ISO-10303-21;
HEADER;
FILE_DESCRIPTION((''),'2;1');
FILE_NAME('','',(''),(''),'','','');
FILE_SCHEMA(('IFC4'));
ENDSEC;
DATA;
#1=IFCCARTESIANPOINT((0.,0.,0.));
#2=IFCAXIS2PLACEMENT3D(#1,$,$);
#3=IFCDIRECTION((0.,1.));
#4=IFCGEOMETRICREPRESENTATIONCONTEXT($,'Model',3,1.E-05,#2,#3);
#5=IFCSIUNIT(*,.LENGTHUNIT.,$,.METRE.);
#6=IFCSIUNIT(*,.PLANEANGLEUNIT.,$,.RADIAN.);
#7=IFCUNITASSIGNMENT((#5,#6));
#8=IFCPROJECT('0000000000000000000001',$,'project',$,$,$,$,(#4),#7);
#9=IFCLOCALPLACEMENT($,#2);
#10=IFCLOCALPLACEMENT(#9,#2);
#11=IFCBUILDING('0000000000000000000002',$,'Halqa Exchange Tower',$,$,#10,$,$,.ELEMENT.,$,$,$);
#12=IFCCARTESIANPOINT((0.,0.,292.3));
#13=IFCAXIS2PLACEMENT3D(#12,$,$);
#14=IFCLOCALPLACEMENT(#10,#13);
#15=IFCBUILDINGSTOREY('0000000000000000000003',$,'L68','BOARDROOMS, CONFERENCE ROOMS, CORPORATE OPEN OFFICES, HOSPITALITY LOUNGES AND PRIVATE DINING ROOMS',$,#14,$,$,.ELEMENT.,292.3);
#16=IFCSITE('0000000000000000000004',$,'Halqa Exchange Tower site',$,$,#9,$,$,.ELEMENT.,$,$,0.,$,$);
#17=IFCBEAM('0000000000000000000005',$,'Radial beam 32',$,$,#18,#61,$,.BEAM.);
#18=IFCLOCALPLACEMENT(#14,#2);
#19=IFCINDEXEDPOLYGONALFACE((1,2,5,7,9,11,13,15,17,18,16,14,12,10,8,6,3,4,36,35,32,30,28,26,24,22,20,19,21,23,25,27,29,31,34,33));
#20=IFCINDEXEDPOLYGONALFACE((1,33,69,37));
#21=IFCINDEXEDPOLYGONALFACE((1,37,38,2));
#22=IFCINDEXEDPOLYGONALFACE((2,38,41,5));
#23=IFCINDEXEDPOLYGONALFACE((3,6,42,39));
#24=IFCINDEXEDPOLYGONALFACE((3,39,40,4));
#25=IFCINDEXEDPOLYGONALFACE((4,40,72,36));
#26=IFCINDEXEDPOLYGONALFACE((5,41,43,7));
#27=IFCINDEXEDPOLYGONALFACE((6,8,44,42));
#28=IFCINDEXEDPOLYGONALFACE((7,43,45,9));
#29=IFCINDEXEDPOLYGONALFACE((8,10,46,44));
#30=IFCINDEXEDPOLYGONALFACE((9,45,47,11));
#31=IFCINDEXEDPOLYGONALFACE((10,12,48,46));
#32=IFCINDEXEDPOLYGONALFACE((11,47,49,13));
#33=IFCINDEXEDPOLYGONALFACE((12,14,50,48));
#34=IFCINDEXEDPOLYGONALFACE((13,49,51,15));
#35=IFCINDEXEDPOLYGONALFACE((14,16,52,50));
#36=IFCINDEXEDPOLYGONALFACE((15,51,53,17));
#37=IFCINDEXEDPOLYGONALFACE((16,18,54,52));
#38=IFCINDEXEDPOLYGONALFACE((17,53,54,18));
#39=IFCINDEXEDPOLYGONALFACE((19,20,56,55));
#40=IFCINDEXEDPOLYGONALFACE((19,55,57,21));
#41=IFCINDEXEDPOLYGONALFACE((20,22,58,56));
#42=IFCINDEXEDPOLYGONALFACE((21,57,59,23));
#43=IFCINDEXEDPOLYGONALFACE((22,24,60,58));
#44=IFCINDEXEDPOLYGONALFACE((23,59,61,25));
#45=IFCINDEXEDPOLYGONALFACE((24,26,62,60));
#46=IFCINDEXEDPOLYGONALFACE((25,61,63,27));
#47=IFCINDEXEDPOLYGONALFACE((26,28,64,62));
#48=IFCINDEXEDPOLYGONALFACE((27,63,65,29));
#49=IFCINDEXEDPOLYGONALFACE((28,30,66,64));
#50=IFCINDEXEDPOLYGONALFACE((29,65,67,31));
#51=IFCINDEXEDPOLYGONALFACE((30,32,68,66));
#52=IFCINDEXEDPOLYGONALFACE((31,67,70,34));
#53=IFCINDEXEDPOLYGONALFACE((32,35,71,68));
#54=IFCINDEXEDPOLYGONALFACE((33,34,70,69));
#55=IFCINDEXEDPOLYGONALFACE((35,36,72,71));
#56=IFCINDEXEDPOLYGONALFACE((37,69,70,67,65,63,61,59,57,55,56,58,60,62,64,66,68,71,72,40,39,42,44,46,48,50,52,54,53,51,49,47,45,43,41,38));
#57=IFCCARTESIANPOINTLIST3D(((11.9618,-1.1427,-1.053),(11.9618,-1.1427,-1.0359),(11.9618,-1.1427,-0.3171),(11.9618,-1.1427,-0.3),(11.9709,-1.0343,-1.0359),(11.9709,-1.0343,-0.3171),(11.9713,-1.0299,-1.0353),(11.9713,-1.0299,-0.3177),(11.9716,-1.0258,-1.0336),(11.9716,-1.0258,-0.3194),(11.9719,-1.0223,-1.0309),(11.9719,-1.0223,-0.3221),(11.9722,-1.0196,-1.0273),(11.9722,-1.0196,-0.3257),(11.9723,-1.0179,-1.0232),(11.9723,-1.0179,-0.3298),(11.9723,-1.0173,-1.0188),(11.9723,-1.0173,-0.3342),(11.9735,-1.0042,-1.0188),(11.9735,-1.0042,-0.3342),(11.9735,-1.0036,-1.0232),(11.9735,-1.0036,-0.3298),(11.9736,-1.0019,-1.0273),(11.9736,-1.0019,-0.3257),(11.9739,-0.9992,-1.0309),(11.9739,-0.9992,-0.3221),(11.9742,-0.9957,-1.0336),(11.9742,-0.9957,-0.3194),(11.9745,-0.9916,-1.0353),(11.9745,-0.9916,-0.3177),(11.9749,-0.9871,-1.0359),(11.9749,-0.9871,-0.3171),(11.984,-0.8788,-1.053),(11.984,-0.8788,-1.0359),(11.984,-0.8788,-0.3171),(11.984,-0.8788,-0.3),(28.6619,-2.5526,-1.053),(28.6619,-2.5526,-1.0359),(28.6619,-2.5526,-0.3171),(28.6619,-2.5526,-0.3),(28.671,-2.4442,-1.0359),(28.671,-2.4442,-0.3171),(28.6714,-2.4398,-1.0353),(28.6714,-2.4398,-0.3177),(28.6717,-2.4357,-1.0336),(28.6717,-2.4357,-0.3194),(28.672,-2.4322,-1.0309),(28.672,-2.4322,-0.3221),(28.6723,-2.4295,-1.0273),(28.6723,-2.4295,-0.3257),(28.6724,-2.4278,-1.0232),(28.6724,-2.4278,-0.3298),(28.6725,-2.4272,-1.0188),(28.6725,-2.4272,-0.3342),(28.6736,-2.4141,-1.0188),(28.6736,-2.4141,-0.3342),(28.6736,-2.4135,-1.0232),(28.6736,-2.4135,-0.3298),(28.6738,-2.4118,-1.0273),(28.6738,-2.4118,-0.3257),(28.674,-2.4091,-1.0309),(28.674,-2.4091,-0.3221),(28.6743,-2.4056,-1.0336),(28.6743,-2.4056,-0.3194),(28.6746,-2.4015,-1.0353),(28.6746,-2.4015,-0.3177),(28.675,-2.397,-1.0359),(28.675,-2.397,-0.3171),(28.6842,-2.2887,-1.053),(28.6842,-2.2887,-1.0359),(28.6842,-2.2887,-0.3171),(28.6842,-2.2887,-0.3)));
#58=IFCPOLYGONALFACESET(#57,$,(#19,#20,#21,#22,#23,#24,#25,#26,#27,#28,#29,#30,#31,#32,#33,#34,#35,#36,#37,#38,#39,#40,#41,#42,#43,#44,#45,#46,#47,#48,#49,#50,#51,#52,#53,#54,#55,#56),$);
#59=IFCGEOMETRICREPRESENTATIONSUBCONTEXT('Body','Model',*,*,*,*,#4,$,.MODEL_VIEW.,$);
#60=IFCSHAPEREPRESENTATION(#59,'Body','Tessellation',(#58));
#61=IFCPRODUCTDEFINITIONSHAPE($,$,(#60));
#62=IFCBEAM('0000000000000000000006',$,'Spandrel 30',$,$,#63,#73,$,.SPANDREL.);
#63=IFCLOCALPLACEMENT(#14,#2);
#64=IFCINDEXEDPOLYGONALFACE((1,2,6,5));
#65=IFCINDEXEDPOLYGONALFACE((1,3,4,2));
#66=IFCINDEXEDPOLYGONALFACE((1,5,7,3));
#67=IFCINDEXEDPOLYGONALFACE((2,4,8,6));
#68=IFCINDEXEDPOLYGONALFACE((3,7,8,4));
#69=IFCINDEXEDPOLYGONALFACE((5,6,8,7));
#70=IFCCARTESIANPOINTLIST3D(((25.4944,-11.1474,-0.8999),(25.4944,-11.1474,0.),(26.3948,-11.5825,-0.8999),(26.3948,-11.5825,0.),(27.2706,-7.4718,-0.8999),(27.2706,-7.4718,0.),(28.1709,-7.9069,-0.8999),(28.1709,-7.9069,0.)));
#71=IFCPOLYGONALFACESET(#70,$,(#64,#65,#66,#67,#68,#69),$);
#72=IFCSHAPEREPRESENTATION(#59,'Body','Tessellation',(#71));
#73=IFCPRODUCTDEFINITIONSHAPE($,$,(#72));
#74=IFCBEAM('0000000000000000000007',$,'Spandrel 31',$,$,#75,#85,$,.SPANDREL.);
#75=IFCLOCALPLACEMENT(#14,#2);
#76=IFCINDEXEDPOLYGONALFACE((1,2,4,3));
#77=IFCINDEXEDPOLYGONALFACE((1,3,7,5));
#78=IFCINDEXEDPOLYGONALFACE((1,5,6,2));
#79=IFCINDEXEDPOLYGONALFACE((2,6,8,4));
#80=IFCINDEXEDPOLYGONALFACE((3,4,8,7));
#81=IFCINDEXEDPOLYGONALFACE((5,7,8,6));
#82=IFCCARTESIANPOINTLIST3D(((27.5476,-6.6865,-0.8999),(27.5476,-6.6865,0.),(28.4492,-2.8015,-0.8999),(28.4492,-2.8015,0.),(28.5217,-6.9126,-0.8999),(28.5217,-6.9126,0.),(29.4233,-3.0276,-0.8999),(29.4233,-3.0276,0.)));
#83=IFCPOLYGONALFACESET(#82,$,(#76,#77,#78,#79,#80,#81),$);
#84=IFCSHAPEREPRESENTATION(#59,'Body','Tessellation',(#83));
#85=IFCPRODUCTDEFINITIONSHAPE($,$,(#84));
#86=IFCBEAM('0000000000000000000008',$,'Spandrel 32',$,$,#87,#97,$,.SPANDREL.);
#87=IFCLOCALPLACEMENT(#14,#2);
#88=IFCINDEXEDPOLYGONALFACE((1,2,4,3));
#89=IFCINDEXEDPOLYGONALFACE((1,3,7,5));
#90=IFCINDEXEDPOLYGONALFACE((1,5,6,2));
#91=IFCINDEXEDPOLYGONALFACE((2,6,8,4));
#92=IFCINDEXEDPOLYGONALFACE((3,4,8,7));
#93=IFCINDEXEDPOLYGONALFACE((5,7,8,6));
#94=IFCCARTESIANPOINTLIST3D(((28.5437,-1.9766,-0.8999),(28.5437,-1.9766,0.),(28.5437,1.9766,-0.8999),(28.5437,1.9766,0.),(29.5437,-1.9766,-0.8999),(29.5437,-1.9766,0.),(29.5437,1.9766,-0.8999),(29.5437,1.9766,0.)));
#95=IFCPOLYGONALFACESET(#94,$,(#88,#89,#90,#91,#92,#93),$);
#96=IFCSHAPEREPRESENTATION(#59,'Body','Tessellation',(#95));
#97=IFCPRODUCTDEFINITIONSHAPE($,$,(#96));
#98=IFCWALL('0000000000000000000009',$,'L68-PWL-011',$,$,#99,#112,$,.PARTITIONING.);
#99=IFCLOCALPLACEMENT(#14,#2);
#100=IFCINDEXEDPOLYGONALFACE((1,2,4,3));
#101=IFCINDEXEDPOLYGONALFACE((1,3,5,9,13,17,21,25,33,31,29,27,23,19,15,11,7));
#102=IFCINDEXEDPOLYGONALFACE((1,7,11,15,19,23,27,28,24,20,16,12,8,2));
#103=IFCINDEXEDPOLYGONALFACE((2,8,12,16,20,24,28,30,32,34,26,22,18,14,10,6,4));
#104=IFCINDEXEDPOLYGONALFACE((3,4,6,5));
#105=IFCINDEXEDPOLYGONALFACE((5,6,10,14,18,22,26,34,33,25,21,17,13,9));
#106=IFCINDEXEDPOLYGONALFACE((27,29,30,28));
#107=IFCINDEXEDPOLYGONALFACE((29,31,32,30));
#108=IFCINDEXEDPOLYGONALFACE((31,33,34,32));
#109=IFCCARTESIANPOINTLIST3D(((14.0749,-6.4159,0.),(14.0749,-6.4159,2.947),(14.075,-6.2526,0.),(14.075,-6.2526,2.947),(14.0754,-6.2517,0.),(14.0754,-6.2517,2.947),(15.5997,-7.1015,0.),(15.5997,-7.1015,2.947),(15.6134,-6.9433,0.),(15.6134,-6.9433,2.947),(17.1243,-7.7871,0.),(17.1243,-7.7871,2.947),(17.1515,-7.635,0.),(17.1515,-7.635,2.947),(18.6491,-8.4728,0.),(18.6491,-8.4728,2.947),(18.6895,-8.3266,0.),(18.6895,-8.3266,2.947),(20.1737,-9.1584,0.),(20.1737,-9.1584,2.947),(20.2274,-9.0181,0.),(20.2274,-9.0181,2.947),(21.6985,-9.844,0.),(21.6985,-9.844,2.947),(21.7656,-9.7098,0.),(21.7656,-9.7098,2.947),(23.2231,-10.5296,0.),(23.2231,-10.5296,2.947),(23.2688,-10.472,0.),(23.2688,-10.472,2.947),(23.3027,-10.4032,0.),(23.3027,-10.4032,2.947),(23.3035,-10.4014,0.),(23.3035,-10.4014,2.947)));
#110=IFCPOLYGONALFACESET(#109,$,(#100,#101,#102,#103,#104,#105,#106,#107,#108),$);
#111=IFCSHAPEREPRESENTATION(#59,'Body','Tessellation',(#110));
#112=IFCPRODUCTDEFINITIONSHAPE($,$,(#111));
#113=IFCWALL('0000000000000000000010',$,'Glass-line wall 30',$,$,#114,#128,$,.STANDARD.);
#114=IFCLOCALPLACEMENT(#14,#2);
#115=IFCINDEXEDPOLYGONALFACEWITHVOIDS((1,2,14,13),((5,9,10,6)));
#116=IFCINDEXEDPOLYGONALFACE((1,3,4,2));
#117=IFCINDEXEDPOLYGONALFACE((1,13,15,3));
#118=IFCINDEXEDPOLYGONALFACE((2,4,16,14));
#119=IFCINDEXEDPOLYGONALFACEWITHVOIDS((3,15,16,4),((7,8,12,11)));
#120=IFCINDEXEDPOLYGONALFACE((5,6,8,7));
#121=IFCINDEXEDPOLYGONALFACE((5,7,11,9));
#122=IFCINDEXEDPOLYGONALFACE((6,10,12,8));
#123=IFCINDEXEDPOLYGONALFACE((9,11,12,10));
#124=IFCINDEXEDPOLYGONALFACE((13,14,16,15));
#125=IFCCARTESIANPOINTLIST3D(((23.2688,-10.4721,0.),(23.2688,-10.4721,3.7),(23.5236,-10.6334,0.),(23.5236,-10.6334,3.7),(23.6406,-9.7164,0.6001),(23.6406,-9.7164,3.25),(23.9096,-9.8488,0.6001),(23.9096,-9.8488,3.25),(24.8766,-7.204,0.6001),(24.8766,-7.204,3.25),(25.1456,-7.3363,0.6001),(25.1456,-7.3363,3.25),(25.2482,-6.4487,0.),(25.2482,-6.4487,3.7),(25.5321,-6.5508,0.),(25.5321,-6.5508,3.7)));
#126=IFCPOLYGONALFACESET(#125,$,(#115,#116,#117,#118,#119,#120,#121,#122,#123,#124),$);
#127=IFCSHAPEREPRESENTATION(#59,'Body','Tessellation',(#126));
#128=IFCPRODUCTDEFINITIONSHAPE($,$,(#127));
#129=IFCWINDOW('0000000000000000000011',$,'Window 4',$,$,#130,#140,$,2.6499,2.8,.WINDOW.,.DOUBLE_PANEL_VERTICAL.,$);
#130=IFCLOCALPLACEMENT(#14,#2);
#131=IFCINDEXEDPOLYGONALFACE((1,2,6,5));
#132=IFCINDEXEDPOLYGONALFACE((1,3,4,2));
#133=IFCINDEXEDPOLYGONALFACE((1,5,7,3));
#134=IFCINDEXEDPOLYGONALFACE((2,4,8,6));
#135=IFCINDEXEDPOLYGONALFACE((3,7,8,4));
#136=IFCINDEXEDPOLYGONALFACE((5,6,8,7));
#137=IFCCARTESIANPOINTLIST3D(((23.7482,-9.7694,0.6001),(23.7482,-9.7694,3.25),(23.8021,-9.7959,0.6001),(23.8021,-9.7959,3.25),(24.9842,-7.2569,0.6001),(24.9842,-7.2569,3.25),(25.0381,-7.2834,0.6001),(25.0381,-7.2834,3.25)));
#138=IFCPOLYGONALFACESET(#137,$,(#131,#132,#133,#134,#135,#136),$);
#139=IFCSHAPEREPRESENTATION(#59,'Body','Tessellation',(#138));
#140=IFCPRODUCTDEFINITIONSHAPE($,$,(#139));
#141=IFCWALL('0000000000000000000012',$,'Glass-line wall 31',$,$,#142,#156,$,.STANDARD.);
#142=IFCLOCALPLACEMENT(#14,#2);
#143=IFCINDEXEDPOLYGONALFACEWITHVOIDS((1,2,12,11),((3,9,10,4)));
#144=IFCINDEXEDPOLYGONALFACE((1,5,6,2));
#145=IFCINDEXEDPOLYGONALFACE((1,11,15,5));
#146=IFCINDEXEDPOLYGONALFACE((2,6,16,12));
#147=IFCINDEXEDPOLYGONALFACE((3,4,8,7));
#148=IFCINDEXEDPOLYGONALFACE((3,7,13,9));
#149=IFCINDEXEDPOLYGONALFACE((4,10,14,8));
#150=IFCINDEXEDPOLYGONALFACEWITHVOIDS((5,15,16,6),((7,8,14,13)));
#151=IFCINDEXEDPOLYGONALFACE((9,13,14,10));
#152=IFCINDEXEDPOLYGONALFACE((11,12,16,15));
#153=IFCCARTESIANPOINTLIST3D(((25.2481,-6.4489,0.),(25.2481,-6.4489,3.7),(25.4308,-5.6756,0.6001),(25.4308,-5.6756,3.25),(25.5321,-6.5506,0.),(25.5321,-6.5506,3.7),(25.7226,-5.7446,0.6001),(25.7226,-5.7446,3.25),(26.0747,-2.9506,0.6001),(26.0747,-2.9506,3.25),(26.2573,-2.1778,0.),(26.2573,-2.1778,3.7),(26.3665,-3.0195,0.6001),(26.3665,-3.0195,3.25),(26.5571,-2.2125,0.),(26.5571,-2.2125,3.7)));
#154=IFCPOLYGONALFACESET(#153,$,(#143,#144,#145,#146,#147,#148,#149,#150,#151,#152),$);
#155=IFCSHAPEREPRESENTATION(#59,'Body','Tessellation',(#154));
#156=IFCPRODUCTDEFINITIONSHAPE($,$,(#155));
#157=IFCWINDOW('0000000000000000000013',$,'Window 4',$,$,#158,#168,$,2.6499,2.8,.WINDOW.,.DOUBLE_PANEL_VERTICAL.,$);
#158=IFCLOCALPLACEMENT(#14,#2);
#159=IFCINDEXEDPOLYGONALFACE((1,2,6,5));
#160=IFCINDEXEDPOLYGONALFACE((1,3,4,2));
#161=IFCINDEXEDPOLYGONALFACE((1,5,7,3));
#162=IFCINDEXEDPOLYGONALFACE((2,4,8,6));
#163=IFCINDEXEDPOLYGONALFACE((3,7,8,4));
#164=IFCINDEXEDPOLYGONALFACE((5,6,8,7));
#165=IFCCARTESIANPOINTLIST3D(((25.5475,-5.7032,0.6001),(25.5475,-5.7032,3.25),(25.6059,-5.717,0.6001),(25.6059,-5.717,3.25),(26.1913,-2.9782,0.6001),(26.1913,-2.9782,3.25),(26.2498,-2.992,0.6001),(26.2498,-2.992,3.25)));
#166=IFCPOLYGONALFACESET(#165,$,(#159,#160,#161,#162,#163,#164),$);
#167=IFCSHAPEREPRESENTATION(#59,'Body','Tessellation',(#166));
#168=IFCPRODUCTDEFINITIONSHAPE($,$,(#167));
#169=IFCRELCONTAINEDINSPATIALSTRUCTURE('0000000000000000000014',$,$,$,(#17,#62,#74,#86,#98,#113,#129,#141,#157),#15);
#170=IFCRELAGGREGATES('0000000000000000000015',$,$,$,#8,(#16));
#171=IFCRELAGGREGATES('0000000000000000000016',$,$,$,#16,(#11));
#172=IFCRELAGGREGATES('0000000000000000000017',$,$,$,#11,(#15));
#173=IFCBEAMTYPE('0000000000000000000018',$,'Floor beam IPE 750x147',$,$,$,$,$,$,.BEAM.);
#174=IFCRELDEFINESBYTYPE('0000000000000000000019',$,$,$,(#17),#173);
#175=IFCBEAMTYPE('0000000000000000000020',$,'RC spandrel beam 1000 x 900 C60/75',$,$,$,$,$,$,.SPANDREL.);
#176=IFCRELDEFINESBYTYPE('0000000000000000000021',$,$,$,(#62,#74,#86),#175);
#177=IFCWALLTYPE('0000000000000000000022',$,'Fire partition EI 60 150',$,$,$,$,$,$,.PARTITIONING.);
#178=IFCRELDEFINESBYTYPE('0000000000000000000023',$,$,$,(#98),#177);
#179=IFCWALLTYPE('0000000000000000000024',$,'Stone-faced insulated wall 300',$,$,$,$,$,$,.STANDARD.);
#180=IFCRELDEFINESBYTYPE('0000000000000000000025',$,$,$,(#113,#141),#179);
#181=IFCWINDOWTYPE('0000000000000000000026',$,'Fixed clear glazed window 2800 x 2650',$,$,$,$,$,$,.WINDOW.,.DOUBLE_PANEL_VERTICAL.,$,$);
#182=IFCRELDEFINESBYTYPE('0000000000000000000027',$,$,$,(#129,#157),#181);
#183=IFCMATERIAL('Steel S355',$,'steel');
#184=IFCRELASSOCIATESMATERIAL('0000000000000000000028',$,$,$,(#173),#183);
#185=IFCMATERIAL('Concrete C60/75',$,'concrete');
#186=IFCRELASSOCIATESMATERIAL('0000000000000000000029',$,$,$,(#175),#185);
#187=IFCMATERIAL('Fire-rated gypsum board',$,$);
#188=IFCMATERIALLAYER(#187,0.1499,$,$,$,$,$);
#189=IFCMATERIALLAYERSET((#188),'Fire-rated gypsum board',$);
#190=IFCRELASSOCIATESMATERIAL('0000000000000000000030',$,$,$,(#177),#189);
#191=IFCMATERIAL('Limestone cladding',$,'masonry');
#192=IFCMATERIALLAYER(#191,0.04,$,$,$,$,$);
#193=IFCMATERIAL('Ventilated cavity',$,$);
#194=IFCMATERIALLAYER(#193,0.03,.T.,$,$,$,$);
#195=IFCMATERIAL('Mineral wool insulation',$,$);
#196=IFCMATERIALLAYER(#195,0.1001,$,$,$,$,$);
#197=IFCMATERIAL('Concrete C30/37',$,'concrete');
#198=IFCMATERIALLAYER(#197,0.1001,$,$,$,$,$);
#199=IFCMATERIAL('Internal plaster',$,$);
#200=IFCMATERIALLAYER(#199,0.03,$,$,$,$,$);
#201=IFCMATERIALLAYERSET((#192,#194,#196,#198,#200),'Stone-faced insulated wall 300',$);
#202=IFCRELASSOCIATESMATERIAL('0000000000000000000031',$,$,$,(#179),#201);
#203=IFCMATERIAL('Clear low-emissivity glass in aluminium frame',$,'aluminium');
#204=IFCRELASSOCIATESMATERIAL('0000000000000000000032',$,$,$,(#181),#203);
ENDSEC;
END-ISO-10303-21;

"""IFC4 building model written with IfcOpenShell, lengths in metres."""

from ifc_helpers import new_model, si_unit, direction, frame, frame_2d, origin, origin_2d, place, context, subcontext, project, spatial, polyline, rectangle, i_section, outline, extrude, material, layer, layer_set, material_profile, profile_set, type_object, element, fill, save


model = new_model("IFC4")

# Units and contexts
model_context = context("Model", 3, precision=1e-05, world=origin(), true_north=direction((0.0, 1.0)))
body_context = subcontext(model_context, "Body", "Model", "MODEL_VIEW")
ifc_project = project(units=[si_unit("LENGTHUNIT", "METRE"), si_unit("PLANEANGLEUNIT", "RADIAN")], contexts=[model_context])

# Site, building, storey
site_placement = place(None, origin())
site = spatial("IfcSite", under=ifc_project, at=site_placement, Name="Halqa Exchange Tower site", CompositionType="ELEMENT", RefElevation=0.0)
building_placement = place(site_placement, origin())
building = spatial("IfcBuilding", under=site, at=building_placement, Name="Halqa Exchange Tower", CompositionType="ELEMENT")
storey_placement = place(building_placement, frame((0.0, 0.0, 292.3)))
storey = spatial("IfcBuildingStorey", under=building, at=storey_placement, Name="L68", Description="BOARDROOMS, CONFERENCE ROOMS, CORPORATE OPEN OFFICES, HOSPITALITY LOUNGES AND PRIVATE DINING ROOMS", CompositionType="ELEMENT", Elevation=292.3)

# Beams
ifc_material_1 = material(Name="Steel S355", Category="steel")
ifc_material_profile_1 = material_profile(ifc_material_1, i_section(OverallWidth=0.2649, OverallDepth=0.7529, WebThickness=0.0132, FlangeThickness=0.0171, FilletRadius=0.0171, at=origin_2d()), Name="IPE 750x147")
ifc_profile_set_1 = profile_set([ifc_material_profile_1], Name="Steel S355")
beam_type_1 = type_object("IfcBeamType", Name="Floor beam IPE 750x147", PredefinedType="BEAM", material=ifc_profile_set_1)
beam_1_placement = place(storey_placement, frame((11.9729, -1.0107, -0.6765), z_axis=(0.996455, -0.084126, 0.0), x_axis=(0.084126, 0.996455, 0.0)))
element("IfcBeam", 1, at=beam_1_placement, inside=storey, type_object=beam_type_1, Name="Radial beam 32", PredefinedType="BEAM", context=body_context, shape_type="SweptSolid", body=[
    extrude(i_section(OverallWidth=0.2649, OverallDepth=0.7529, WebThickness=0.0132, FlangeThickness=0.0171, FilletRadius=0.0171, at=origin_2d()), origin(), (0.0, 0.0, 1.0), 16.7595),
])
ifc_material_2 = material(Name="Concrete C60/75", Category="concrete")
ifc_material_profile_2 = material_profile(ifc_material_2, rectangle(XDim=1.0, YDim=0.8999, at=origin_2d()), Name="1000 x 900")
ifc_profile_set_2 = profile_set([ifc_material_profile_2], Name="Concrete C60/75")
beam_type_2 = type_object("IfcBeamType", Name="RC spandrel beam 1000 x 900 C60/75", PredefinedType="SPANDREL", material=ifc_profile_set_2)
beam_2_placement = place(storey_placement, frame((25.9446, -11.365, -0.45), z_axis=(0.435092, 0.900386, 0.0), x_axis=(-0.900386, 0.435092, 0.0)))
element("IfcBeam", 2, at=beam_2_placement, inside=storey, type_object=beam_type_2, Name="Spandrel 30", PredefinedType="SPANDREL", context=body_context, shape_type="SweptSolid", body=[
    extrude(rectangle(XDim=1.0, YDim=0.8999, at=origin_2d()), origin(), (0.0, 0.0, 1.0), 4.0823),
])
beam_3_placement = place(storey_placement, frame((28.0347, -6.7996, -0.45), z_axis=(0.226066, 0.974112, 0.0), x_axis=(-0.974112, 0.226066, 0.0)))
element("IfcBeam", 3, at=beam_3_placement, inside=storey, type_object=beam_type_2, Name="Spandrel 31", PredefinedType="SPANDREL", context=body_context, shape_type="SweptSolid", body=[
    extrude(rectangle(XDim=1.0, YDim=0.8999, at=origin_2d()), origin(), (0.0, 0.0, 1.0), 3.9883),
])
beam_4_placement = place(storey_placement, frame((29.0437, -1.9766, -0.45), z_axis=(0.0, 1.0, 0.0), x_axis=(-1.0, 0.0, 0.0)))
element("IfcBeam", 4, at=beam_4_placement, inside=storey, type_object=beam_type_2, Name="Spandrel 32", PredefinedType="SPANDREL", context=body_context, shape_type="SweptSolid", body=[
    extrude(rectangle(XDim=1.0, YDim=0.8999, at=origin_2d()), origin(), (0.0, 0.0, 1.0), 3.9531),
])

# Wall
ifc_material_3 = material(Name="Fire-rated gypsum board")
ifc_layer_1 = layer(ifc_material_3, 0.1499)
ifc_layer_set_1 = layer_set([ifc_layer_1], Name="Fire-rated gypsum board")
wall_type_1 = type_object("IfcWallType", Name="Fire partition EI 60 150", PredefinedType="PARTITIONING", material=ifc_layer_set_1)
wall_1_placement = place(storey_placement, frame((14.0447, -6.3201, 0.0), z_axis=(0.0, 0.0, 1.0), x_axis=(0.912031, -0.410122, 0.0)))
element("IfcWall", 5, at=wall_1_placement, inside=storey, type_object=wall_type_1, Name="L68-PWL-011", PredefinedType="PARTITIONING", context=body_context, shape_type="SweptSolid", body=[
    extrude(outline(polyline([(0.0669, -0.075), (1.7388, -0.075), (3.4104, -0.075), (5.0823, -0.075), (6.7539, -0.075), (8.4258, -0.075), (10.0974, -0.075), (10.1155, -0.0037), (10.1182, 0.073), (10.1182, 0.075), (8.4319, 0.075), (6.7454, 0.075), (5.0591, 0.075), (3.3728, 0.075), (1.6863, 0.075), (0.0, 0.075), (0.0, 0.074), (0.0669, -0.075)])), origin(), (0.0, 0.0, 1.0), 2.947),
])

# Walls, openings, windows
ifc_material_4 = material(Name="Limestone cladding", Category="masonry")
ifc_layer_2 = layer(ifc_material_4, 0.04)
ifc_material_5 = material(Name="Ventilated cavity")
ifc_layer_3 = layer(ifc_material_5, 0.03, ventilated=True)
ifc_material_6 = material(Name="Mineral wool insulation")
ifc_layer_4 = layer(ifc_material_6, 0.1001)
ifc_material_7 = material(Name="Concrete C30/37", Category="concrete")
ifc_layer_5 = layer(ifc_material_7, 0.1001)
ifc_material_8 = material(Name="Internal plaster")
ifc_layer_6 = layer(ifc_material_8, 0.03)
ifc_layer_set_2 = layer_set([ifc_layer_2, ifc_layer_3, ifc_layer_4, ifc_layer_5, ifc_layer_6], Name="Stone-faced insulated wall 300")
wall_type_2 = type_object("IfcWallType", Name="Stone-faced insulated wall 300", PredefinedType="STANDARD", material=ifc_layer_set_2)
wall_2_placement = place(storey_placement, frame((23.3962, -10.5527, 0.0), z_axis=(0.0, 0.0, 1.0), x_axis=(0.441432, 0.897295, 0.0)))
wall_2 = element("IfcWall", 6, at=wall_2_placement, inside=storey, type_object=wall_type_2, Name="Glass-line wall 30", PredefinedType="STANDARD", context=body_context, shape_type="SweptSolid", body=[
    extrude(outline(polyline([(-0.0161, -0.1499), (4.5337, -0.1499), (4.5, 0.1499), (0.0161, 0.1499), (-0.0161, -0.1499)])), origin(), (0.0, 0.0, 1.0), 3.7),
])
opening_1_placement = place(wall_2_placement, frame((0.8584, 0.0, 0.6001)))
opening_1 = element("IfcOpeningElement", 7, at=opening_1_placement, cuts=wall_2, PredefinedType="OPENING", context=body_context, shape_type="SweptSolid", body=[
    extrude(rectangle(XDim=2.8, YDim=2.6499, at=frame_2d((1.3999, 1.325))), frame((0.0, 0.1621, 0.0), z_axis=(0.0, -1.0, 0.0), x_axis=(1.0, 0.0, 0.0)), (0.0, 0.0, 1.0), 0.324),
])
ifc_material_9 = material(Name="Clear low-emissivity glass in aluminium frame", Category="aluminium")
window_type = type_object("IfcWindowType", Name="Fixed clear glazed window 2800 x 2650", PartitioningType="DOUBLE_PANEL_VERTICAL", PredefinedType="WINDOW", material=ifc_material_9)
window_1_placement = place(opening_1_placement, origin())
window_1 = element("IfcWindow", 8, at=window_1_placement, inside=storey, type_object=window_type, Name="Window 4", OverallHeight=2.6499, OverallWidth=2.8, PartitioningType="DOUBLE_PANEL_VERTICAL", PredefinedType="WINDOW", context=body_context, shape_type="SweptSolid", body=[
    extrude(rectangle(XDim=2.8, YDim=2.6499, at=frame_2d((1.3999, 1.325))), frame((0.0, 0.03, 0.0), z_axis=(0.0, -1.0, 0.0), x_axis=(1.0, 0.0, 0.0)), (0.0, 0.0, 1.0), 0.0601),
])
fill(opening_1, window_1)
wall_3_placement = place(storey_placement, frame((25.3901, -6.4998, 0.0), z_axis=(0.0, 0.0, 1.0), x_axis=(0.229944, 0.973204, 0.0)))
wall_3 = element("IfcWall", 9, at=wall_3_placement, inside=storey, type_object=wall_type_2, Name="Glass-line wall 31", PredefinedType="STANDARD", context=body_context, shape_type="SweptSolid", body=[
    extrude(outline(polyline([(-0.0168, -0.1499), (4.4407, -0.1499), (4.4055, 0.1499), (0.0168, 0.1499), (-0.0168, -0.1499)])), origin(), (0.0, 0.0, 1.0), 3.7),
])
opening_2_placement = place(wall_3_placement, frame((0.8115, 0.0, 0.6001)))
opening_2 = element("IfcOpeningElement", 10, at=opening_2_placement, cuts=wall_3, PredefinedType="OPENING", context=body_context, shape_type="SweptSolid", body=[
    extrude(rectangle(XDim=2.8, YDim=2.6499, at=frame_2d((1.3999, 1.325))), frame((0.0, 0.1621, 0.0), z_axis=(0.0, -1.0, 0.0), x_axis=(1.0, 0.0, 0.0)), (0.0, 0.0, 1.0), 0.324),
])
window_2_placement = place(opening_2_placement, origin())
window_2 = element("IfcWindow", 11, at=window_2_placement, inside=storey, type_object=window_type, Name="Window 4", OverallHeight=2.6499, OverallWidth=2.8, PartitioningType="DOUBLE_PANEL_VERTICAL", PredefinedType="WINDOW", context=body_context, shape_type="SweptSolid", body=[
    extrude(rectangle(XDim=2.8, YDim=2.6499, at=frame_2d((1.3999, 1.325))), frame((0.0, 0.03, 0.0), z_axis=(0.0, -1.0, 0.0), x_axis=(1.0, 0.0, 0.0)), (0.0, 0.0, 1.0), 0.0601),
])
fill(opening_2, window_2)

save(model, "model.ifc")
